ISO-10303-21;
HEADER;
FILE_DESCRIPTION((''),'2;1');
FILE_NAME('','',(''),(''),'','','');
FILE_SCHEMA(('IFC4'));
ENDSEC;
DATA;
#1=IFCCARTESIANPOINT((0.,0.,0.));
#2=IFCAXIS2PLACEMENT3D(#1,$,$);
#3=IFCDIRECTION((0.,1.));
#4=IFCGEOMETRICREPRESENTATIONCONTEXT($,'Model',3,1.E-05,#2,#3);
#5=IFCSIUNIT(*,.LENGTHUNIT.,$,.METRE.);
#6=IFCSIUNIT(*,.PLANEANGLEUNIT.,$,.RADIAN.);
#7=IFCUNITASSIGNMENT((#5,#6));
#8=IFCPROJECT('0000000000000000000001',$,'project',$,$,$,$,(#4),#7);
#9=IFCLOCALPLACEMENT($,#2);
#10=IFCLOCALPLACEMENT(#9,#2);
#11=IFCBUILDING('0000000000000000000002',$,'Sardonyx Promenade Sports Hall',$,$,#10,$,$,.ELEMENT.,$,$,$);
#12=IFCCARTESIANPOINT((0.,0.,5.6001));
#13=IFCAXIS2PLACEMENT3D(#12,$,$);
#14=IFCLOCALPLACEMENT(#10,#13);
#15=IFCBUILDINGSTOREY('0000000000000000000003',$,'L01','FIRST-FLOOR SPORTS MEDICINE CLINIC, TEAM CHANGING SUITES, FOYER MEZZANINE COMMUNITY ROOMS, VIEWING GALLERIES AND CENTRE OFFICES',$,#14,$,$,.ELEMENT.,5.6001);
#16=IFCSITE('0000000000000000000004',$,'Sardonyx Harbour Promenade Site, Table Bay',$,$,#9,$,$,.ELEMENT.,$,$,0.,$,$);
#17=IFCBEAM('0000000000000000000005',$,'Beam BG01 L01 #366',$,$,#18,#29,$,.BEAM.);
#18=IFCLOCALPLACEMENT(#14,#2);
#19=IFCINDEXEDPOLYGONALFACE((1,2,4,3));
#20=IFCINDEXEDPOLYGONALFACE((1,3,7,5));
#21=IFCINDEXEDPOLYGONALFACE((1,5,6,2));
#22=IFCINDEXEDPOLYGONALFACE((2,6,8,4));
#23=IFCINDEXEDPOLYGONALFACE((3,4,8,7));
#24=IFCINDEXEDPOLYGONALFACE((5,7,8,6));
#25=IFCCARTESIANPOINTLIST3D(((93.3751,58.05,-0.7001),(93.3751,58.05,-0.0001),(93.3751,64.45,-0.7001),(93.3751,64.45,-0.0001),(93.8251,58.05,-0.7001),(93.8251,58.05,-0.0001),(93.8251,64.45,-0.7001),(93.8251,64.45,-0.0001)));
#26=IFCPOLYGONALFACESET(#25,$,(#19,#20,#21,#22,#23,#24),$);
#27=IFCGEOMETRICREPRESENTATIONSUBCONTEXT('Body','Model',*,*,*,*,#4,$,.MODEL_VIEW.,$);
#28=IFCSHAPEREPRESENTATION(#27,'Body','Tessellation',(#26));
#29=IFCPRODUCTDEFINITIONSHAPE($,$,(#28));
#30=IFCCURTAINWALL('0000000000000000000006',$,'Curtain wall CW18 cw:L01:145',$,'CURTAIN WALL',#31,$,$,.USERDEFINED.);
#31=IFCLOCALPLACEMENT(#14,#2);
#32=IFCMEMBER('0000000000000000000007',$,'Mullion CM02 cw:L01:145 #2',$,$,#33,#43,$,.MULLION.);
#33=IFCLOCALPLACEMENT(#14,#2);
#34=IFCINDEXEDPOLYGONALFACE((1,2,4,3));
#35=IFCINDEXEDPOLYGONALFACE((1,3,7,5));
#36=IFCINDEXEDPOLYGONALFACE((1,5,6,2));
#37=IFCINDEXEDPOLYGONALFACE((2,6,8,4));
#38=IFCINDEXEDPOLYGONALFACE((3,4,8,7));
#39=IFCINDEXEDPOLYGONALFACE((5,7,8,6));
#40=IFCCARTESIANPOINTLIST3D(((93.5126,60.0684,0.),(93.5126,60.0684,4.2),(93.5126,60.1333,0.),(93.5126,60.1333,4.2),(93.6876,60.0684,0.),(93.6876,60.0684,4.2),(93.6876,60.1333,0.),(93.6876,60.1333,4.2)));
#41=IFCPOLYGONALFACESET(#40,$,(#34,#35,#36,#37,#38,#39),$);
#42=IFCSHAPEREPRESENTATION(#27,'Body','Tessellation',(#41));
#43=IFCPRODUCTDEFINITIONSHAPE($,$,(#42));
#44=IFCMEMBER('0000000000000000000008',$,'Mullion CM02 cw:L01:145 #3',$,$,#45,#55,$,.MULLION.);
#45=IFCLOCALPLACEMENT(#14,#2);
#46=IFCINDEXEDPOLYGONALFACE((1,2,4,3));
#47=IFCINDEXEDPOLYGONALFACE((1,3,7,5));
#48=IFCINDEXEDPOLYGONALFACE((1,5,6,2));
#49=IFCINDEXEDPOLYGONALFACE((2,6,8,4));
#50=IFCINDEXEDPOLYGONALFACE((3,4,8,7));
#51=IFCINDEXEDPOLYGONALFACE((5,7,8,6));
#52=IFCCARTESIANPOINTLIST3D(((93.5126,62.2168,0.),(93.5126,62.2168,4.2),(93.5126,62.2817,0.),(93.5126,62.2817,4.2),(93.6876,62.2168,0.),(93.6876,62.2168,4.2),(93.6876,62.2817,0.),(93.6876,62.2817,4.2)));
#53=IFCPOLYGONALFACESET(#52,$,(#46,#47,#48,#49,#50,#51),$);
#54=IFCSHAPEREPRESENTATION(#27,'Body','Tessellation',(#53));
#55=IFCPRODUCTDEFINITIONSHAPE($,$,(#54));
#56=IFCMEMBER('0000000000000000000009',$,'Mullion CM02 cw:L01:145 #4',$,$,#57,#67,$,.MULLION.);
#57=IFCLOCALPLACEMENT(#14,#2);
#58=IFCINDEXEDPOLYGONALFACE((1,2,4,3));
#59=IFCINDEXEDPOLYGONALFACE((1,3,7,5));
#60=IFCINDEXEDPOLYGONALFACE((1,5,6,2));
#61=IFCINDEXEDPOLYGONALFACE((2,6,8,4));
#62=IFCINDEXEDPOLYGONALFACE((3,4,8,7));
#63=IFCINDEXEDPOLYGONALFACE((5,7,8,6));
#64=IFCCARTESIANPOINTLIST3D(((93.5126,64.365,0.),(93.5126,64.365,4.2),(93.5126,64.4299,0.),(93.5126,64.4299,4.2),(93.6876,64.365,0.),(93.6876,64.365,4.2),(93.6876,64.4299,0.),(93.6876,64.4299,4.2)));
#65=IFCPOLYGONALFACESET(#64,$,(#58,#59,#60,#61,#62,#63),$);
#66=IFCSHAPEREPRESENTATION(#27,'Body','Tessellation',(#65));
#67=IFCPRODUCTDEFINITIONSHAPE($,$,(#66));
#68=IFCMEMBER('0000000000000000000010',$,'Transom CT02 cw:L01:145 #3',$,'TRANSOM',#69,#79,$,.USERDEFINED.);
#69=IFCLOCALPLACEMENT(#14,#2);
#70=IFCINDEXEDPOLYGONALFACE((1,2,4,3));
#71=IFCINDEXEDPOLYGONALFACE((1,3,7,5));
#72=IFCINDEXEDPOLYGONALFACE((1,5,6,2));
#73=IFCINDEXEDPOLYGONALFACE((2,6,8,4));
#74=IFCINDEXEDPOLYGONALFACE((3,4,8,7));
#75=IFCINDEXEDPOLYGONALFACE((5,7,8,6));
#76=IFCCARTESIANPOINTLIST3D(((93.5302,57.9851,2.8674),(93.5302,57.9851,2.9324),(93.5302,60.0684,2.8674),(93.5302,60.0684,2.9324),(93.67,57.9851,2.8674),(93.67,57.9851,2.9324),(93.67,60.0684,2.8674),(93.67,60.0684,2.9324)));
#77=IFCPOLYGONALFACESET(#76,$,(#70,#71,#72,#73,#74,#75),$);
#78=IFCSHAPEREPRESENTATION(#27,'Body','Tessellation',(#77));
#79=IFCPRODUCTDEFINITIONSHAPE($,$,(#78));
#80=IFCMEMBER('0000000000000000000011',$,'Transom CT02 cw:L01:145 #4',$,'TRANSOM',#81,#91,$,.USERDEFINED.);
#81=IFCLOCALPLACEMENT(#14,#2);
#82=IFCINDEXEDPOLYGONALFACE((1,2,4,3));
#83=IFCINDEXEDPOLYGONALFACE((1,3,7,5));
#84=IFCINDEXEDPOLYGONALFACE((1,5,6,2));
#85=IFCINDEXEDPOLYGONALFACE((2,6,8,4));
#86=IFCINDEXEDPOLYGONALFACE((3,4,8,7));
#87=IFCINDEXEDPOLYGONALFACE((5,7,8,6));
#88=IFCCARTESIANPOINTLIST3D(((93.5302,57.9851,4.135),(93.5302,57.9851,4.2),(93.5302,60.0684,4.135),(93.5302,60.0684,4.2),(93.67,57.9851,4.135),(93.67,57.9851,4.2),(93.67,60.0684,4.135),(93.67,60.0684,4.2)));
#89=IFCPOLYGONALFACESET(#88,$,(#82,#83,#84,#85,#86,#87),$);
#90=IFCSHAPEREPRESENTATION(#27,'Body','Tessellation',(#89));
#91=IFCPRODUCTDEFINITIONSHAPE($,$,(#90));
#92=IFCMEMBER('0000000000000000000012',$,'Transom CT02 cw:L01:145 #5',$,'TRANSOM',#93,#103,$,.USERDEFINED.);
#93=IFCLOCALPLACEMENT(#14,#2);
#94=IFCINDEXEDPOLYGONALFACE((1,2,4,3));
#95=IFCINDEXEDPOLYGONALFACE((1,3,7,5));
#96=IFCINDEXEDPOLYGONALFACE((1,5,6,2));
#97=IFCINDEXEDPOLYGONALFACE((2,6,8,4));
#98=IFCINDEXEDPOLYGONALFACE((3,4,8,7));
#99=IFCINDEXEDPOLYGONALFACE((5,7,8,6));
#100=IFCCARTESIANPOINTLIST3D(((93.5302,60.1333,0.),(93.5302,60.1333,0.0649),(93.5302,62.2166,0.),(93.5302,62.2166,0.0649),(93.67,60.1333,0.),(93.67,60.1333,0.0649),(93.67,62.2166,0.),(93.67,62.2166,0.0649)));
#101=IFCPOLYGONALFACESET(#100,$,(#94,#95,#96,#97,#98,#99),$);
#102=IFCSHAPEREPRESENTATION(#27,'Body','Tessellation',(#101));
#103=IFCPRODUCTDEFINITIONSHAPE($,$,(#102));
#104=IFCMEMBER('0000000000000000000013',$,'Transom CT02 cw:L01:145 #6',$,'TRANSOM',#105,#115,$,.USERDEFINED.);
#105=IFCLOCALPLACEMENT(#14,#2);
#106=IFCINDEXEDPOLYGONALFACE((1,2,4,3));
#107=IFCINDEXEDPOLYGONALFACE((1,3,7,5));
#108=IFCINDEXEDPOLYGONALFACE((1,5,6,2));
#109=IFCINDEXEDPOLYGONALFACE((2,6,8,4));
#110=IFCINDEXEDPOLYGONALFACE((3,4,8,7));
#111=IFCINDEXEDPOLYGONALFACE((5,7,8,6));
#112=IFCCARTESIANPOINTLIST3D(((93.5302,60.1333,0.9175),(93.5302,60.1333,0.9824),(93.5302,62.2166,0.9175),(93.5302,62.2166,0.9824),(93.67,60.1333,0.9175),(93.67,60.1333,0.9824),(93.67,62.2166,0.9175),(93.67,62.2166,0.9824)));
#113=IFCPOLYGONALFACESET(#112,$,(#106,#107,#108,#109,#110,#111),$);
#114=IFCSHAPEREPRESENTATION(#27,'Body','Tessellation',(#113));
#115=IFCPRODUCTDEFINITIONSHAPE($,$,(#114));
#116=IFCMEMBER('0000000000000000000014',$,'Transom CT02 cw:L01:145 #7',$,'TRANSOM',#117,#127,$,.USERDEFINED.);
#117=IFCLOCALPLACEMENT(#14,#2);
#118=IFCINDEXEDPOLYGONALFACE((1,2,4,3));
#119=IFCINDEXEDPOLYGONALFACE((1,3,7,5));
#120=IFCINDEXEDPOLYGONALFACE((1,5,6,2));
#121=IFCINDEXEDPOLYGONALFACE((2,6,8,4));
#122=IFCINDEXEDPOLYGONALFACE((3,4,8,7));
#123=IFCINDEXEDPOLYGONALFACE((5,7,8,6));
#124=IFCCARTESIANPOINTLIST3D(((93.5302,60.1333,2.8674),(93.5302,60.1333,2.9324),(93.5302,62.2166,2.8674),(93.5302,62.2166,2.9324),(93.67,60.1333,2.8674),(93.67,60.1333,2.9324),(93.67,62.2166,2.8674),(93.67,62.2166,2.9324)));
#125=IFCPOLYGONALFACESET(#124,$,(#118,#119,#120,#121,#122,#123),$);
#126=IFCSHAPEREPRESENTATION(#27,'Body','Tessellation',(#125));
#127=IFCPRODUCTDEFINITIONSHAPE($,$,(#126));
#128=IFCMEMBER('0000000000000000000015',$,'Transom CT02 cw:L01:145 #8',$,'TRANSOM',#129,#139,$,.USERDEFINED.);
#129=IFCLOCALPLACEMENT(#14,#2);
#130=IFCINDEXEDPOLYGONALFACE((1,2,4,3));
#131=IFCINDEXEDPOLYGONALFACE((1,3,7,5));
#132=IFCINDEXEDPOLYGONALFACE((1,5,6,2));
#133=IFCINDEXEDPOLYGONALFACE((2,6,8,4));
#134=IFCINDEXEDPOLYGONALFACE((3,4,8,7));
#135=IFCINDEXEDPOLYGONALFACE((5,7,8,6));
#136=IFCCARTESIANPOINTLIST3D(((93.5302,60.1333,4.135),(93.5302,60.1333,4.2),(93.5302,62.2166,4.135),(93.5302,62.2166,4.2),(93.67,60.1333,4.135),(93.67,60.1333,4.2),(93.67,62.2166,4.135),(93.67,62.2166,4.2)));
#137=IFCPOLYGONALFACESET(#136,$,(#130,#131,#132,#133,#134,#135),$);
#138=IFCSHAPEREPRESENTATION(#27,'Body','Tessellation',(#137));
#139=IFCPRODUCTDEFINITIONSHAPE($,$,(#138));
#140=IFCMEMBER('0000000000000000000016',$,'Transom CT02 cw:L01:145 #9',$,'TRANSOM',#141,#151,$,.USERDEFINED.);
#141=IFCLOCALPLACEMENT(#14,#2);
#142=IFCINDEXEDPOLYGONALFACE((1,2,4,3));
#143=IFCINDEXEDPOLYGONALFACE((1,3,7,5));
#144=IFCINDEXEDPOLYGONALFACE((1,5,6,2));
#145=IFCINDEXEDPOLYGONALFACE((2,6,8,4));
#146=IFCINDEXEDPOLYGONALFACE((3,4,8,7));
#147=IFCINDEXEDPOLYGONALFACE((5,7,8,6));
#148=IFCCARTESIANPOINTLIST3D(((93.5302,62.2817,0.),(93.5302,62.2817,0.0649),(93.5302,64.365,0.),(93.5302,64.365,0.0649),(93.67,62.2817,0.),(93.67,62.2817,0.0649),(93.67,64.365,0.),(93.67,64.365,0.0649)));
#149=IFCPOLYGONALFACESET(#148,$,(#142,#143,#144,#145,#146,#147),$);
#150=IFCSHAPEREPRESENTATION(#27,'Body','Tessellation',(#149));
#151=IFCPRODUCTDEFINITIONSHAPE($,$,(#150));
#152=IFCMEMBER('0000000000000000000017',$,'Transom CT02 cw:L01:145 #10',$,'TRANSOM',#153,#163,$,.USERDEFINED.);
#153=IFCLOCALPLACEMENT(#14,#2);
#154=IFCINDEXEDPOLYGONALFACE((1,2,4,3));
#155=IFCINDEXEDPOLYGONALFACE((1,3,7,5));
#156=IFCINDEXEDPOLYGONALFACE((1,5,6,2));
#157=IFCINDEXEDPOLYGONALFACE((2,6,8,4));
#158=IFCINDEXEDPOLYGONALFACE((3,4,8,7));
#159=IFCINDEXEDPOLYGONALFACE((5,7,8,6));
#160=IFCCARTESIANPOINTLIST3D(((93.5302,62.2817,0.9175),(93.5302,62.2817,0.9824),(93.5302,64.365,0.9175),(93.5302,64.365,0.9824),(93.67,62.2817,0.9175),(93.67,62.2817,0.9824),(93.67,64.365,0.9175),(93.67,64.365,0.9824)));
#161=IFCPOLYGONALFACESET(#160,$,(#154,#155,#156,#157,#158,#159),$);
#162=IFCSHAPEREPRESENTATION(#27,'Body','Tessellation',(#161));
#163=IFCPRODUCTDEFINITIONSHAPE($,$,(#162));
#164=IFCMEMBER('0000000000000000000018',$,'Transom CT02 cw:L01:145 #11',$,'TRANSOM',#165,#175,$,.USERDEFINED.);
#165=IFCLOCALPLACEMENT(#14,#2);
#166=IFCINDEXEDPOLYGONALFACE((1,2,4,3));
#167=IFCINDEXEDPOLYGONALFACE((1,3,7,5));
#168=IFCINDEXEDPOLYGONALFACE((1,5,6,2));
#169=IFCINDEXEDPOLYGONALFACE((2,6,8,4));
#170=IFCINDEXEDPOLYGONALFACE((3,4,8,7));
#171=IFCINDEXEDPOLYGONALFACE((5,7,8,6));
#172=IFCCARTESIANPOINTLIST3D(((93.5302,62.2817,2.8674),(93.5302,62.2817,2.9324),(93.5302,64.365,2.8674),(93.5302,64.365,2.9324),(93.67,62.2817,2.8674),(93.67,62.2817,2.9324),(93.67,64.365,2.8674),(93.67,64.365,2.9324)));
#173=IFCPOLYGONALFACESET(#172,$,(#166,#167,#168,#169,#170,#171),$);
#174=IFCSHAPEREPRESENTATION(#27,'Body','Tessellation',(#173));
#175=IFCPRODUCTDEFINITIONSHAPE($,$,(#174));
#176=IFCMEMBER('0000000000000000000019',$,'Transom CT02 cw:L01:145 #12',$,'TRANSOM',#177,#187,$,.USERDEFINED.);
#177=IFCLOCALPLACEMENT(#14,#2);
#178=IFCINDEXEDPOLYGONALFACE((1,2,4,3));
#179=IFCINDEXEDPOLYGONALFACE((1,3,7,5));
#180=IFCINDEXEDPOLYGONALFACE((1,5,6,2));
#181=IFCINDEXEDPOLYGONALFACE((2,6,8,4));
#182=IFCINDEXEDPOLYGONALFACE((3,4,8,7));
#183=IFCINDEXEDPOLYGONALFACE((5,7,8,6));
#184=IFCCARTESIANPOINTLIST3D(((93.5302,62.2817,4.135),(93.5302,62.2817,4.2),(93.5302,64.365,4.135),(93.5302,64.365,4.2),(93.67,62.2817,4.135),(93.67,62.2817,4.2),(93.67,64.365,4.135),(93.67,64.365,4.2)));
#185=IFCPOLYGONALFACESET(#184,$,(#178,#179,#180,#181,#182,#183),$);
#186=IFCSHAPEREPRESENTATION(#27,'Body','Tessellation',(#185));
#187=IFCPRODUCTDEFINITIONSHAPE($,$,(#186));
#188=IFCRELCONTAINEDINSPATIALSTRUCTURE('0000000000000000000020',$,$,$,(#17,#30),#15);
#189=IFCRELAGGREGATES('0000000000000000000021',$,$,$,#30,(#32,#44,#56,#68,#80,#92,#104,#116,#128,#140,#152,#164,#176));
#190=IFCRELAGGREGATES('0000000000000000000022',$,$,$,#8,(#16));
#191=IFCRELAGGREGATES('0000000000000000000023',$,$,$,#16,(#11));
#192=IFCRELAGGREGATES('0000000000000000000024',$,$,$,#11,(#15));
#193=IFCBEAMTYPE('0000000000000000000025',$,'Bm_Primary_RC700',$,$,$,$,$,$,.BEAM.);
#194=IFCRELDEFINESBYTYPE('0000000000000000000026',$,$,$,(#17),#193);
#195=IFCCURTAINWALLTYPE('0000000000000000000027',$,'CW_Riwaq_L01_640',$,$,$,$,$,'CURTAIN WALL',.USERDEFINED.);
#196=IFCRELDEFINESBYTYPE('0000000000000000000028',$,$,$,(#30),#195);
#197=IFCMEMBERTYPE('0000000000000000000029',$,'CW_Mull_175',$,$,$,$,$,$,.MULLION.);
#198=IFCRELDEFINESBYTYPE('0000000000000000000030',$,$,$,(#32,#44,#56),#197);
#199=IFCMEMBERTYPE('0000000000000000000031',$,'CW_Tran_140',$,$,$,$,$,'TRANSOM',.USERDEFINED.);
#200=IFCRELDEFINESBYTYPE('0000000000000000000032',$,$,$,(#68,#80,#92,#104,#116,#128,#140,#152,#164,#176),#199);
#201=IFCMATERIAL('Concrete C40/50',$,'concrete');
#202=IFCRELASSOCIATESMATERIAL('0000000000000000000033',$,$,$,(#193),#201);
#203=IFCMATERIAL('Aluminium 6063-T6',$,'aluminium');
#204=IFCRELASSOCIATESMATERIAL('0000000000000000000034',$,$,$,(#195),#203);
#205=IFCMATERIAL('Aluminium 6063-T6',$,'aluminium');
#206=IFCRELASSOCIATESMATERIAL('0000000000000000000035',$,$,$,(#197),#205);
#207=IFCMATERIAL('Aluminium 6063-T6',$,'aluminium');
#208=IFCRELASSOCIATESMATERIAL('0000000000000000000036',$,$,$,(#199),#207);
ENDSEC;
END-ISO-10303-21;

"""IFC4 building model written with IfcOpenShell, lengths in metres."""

from ifc_helpers import new_model, si_unit, direction, frame, origin, origin_2d, place, context, subcontext, project, spatial, rectangle, extrude, material, material_profile, profile_set, type_object, element, aggregate, save


model = new_model("IFC4")

# Units and contexts
model_context = context("Model", 3, precision=1e-05, world=origin(), true_north=direction((0.0, 1.0)))
body_context = subcontext(model_context, "Body", "Model", "MODEL_VIEW")
ifc_project = project(units=[si_unit("LENGTHUNIT", "METRE"), si_unit("PLANEANGLEUNIT", "RADIAN")], contexts=[model_context])

# Site, building, storey
site_placement = place(None, origin())
site = spatial("IfcSite", under=ifc_project, at=site_placement, Name="Sardonyx Harbour Promenade Site, Table Bay", CompositionType="ELEMENT", RefElevation=0.0)
building_placement = place(site_placement, origin())
building = spatial("IfcBuilding", under=site, at=building_placement, Name="Sardonyx Promenade Sports Hall", CompositionType="ELEMENT")
storey_placement = place(building_placement, frame((0.0, 0.0, 5.6001)))
storey = spatial("IfcBuildingStorey", under=building, at=storey_placement, Name="L01", Description="FIRST-FLOOR SPORTS MEDICINE CLINIC, TEAM CHANGING SUITES, FOYER MEZZANINE COMMUNITY ROOMS, VIEWING GALLERIES AND CENTRE OFFICES", CompositionType="ELEMENT", Elevation=5.6001)

# Beam
ifc_material_1 = material(Name="Concrete C40/50", Category="concrete")
ifc_material_profile_1 = material_profile(ifc_material_1, rectangle(XDim=0.45, YDim=0.7, at=origin_2d()))
ifc_profile_set_1 = profile_set([ifc_material_profile_1], Name="Concrete C40/50")
beam_type = type_object("IfcBeamType", Name="Bm_Primary_RC700", PredefinedType="BEAM", material=ifc_profile_set_1)
beam_placement = place(storey_placement, frame((93.6001, 58.05, -0.3501), z_axis=(0.0, 1.0, 0.0), x_axis=(-1.0, 0.0, 0.0)))
element("IfcBeam", 1, at=beam_placement, inside=storey, type_object=beam_type, Name="Beam BG01 L01 #366", PredefinedType="BEAM", context=body_context, shape_type="SweptSolid", body=[
    extrude(rectangle(XDim=0.45, YDim=0.7, at=origin_2d()), origin(), (0.0, 0.0, 1.0), 6.3999),
])

# Curtain wall, members
ifc_material_2 = material(Name="Aluminium 6063-T6", Category="aluminium")
curtain_wall_type = type_object("IfcCurtainWallType", Name="CW_Riwaq_L01_640", ElementType="CURTAIN WALL", PredefinedType="USERDEFINED", material=ifc_material_2)
curtain_wall_placement = place(storey_placement, origin())
curtain_wall = element("IfcCurtainWall", 2, at=curtain_wall_placement, inside=storey, type_object=curtain_wall_type, Name="Curtain wall CW18 cw:L01:145", ObjectType="CURTAIN WALL", PredefinedType="USERDEFINED")
ifc_material_3 = material(Name="Aluminium 6063-T6", Category="aluminium")
ifc_material_profile_2 = material_profile(ifc_material_3, rectangle(XDim=0.0649, YDim=0.175, at=origin_2d()))
ifc_profile_set_2 = profile_set([ifc_material_profile_2], Name="Aluminium 6063-T6")
member_type_1 = type_object("IfcMemberType", Name="CW_Mull_175", PredefinedType="MULLION", material=ifc_profile_set_2)
member_1_placement = place(storey_placement, frame((93.6001, 60.1008, 0.0), z_axis=(0.0, 0.0, 1.0), x_axis=(0.0, 1.0, 0.0)))
member_1 = element("IfcMember", 3, at=member_1_placement, type_object=member_type_1, Name="Mullion CM02 cw:L01:145 #2", PredefinedType="MULLION", context=body_context, shape_type="SweptSolid", body=[
    extrude(rectangle(XDim=0.0649, YDim=0.175, at=origin_2d()), origin(), (0.0, 0.0, 1.0), 4.2),
])
member_2_placement = place(storey_placement, frame((93.6001, 62.2493, 0.0), z_axis=(0.0, 0.0, 1.0), x_axis=(0.0, 1.0, 0.0)))
member_2 = element("IfcMember", 4, at=member_2_placement, type_object=member_type_1, Name="Mullion CM02 cw:L01:145 #3", PredefinedType="MULLION", context=body_context, shape_type="SweptSolid", body=[
    extrude(rectangle(XDim=0.0649, YDim=0.175, at=origin_2d()), origin(), (0.0, 0.0, 1.0), 4.2),
])
member_3_placement = place(storey_placement, frame((93.6001, 64.3975, 0.0), z_axis=(0.0, 0.0, 1.0), x_axis=(0.0, 1.0, 0.0)))
member_3 = element("IfcMember", 5, at=member_3_placement, type_object=member_type_1, Name="Mullion CM02 cw:L01:145 #4", PredefinedType="MULLION", context=body_context, shape_type="SweptSolid", body=[
    extrude(rectangle(XDim=0.0649, YDim=0.175, at=origin_2d()), origin(), (0.0, 0.0, 1.0), 4.2),
])
ifc_material_4 = material(Name="Aluminium 6063-T6", Category="aluminium")
ifc_material_profile_3 = material_profile(ifc_material_4, rectangle(XDim=0.0649, YDim=0.1399, at=origin_2d()))
ifc_profile_set_3 = profile_set([ifc_material_profile_3], Name="Aluminium 6063-T6")
member_type_2 = type_object("IfcMemberType", Name="CW_Tran_140", ElementType="TRANSOM", PredefinedType="USERDEFINED", material=ifc_profile_set_3)
member_4_placement = place(storey_placement, frame((93.6001, 57.9851, 2.8999), z_axis=(0.0, 1.0, 0.0), x_axis=(0.0, 0.0, 1.0)))
member_4 = element("IfcMember", 6, at=member_4_placement, type_object=member_type_2, Name="Transom CT02 cw:L01:145 #3", ObjectType="TRANSOM", PredefinedType="USERDEFINED", context=body_context, shape_type="SweptSolid", body=[
    extrude(rectangle(XDim=0.0649, YDim=0.1399, at=origin_2d()), origin(), (0.0, 0.0, 1.0), 2.0833),
])
member_5_placement = place(storey_placement, frame((93.6001, 57.9851, 4.1675), z_axis=(0.0, 1.0, 0.0), x_axis=(0.0, 0.0, 1.0)))
member_5 = element("IfcMember", 7, at=member_5_placement, type_object=member_type_2, Name="Transom CT02 cw:L01:145 #4", ObjectType="TRANSOM", PredefinedType="USERDEFINED", context=body_context, shape_type="SweptSolid", body=[
    extrude(rectangle(XDim=0.0649, YDim=0.1399, at=origin_2d()), origin(), (0.0, 0.0, 1.0), 2.0833),
])
member_6_placement = place(storey_placement, frame((93.6001, 60.1333, 0.0325), z_axis=(0.0, 1.0, 0.0), x_axis=(0.0, 0.0, 1.0)))
member_6 = element("IfcMember", 8, at=member_6_placement, type_object=member_type_2, Name="Transom CT02 cw:L01:145 #5", ObjectType="TRANSOM", PredefinedType="USERDEFINED", context=body_context, shape_type="SweptSolid", body=[
    extrude(rectangle(XDim=0.0649, YDim=0.1399, at=origin_2d()), origin(), (0.0, 0.0, 1.0), 2.0833),
])
member_7_placement = place(storey_placement, frame((93.6001, 60.1333, 0.95), z_axis=(0.0, 1.0, 0.0), x_axis=(0.0, 0.0, 1.0)))
member_7 = element("IfcMember", 9, at=member_7_placement, type_object=member_type_2, Name="Transom CT02 cw:L01:145 #6", ObjectType="TRANSOM", PredefinedType="USERDEFINED", context=body_context, shape_type="SweptSolid", body=[
    extrude(rectangle(XDim=0.0649, YDim=0.1399, at=origin_2d()), origin(), (0.0, 0.0, 1.0), 2.0833),
])
member_8_placement = place(storey_placement, frame((93.6001, 60.1333, 2.8999), z_axis=(0.0, 1.0, 0.0), x_axis=(0.0, 0.0, 1.0)))
member_8 = element("IfcMember", 10, at=member_8_placement, type_object=member_type_2, Name="Transom CT02 cw:L01:145 #7", ObjectType="TRANSOM", PredefinedType="USERDEFINED", context=body_context, shape_type="SweptSolid", body=[
    extrude(rectangle(XDim=0.0649, YDim=0.1399, at=origin_2d()), origin(), (0.0, 0.0, 1.0), 2.0833),
])
member_9_placement = place(storey_placement, frame((93.6001, 60.1333, 4.1675), z_axis=(0.0, 1.0, 0.0), x_axis=(0.0, 0.0, 1.0)))
member_9 = element("IfcMember", 11, at=member_9_placement, type_object=member_type_2, Name="Transom CT02 cw:L01:145 #8", ObjectType="TRANSOM", PredefinedType="USERDEFINED", context=body_context, shape_type="SweptSolid", body=[
    extrude(rectangle(XDim=0.0649, YDim=0.1399, at=origin_2d()), origin(), (0.0, 0.0, 1.0), 2.0833),
])
member_10_placement = place(storey_placement, frame((93.6001, 62.2817, 0.0325), z_axis=(0.0, 1.0, 0.0), x_axis=(0.0, 0.0, 1.0)))
member_10 = element("IfcMember", 12, at=member_10_placement, type_object=member_type_2, Name="Transom CT02 cw:L01:145 #9", ObjectType="TRANSOM", PredefinedType="USERDEFINED", context=body_context, shape_type="SweptSolid", body=[
    extrude(rectangle(XDim=0.0649, YDim=0.1399, at=origin_2d()), origin(), (0.0, 0.0, 1.0), 2.0833),
])
member_11_placement = place(storey_placement, frame((93.6001, 62.2817, 0.95), z_axis=(0.0, 1.0, 0.0), x_axis=(0.0, 0.0, 1.0)))
member_11 = element("IfcMember", 13, at=member_11_placement, type_object=member_type_2, Name="Transom CT02 cw:L01:145 #10", ObjectType="TRANSOM", PredefinedType="USERDEFINED", context=body_context, shape_type="SweptSolid", body=[
    extrude(rectangle(XDim=0.0649, YDim=0.1399, at=origin_2d()), origin(), (0.0, 0.0, 1.0), 2.0833),
])
member_12_placement = place(storey_placement, frame((93.6001, 62.2817, 2.8999), z_axis=(0.0, 1.0, 0.0), x_axis=(0.0, 0.0, 1.0)))
member_12 = element("IfcMember", 14, at=member_12_placement, type_object=member_type_2, Name="Transom CT02 cw:L01:145 #11", ObjectType="TRANSOM", PredefinedType="USERDEFINED", context=body_context, shape_type="SweptSolid", body=[
    extrude(rectangle(XDim=0.0649, YDim=0.1399, at=origin_2d()), origin(), (0.0, 0.0, 1.0), 2.0833),
])
member_13_placement = place(storey_placement, frame((93.6001, 62.2817, 4.1675), z_axis=(0.0, 1.0, 0.0), x_axis=(0.0, 0.0, 1.0)))
member_13 = element("IfcMember", 15, at=member_13_placement, type_object=member_type_2, Name="Transom CT02 cw:L01:145 #12", ObjectType="TRANSOM", PredefinedType="USERDEFINED", context=body_context, shape_type="SweptSolid", body=[
    extrude(rectangle(XDim=0.0649, YDim=0.1399, at=origin_2d()), origin(), (0.0, 0.0, 1.0), 2.0833),
])
aggregate(curtain_wall, [member_1, member_2, member_3, member_4, member_5, member_6, member_7, member_8, member_9, member_10, member_11, member_12, member_13])

save(model, "model.ifc")
